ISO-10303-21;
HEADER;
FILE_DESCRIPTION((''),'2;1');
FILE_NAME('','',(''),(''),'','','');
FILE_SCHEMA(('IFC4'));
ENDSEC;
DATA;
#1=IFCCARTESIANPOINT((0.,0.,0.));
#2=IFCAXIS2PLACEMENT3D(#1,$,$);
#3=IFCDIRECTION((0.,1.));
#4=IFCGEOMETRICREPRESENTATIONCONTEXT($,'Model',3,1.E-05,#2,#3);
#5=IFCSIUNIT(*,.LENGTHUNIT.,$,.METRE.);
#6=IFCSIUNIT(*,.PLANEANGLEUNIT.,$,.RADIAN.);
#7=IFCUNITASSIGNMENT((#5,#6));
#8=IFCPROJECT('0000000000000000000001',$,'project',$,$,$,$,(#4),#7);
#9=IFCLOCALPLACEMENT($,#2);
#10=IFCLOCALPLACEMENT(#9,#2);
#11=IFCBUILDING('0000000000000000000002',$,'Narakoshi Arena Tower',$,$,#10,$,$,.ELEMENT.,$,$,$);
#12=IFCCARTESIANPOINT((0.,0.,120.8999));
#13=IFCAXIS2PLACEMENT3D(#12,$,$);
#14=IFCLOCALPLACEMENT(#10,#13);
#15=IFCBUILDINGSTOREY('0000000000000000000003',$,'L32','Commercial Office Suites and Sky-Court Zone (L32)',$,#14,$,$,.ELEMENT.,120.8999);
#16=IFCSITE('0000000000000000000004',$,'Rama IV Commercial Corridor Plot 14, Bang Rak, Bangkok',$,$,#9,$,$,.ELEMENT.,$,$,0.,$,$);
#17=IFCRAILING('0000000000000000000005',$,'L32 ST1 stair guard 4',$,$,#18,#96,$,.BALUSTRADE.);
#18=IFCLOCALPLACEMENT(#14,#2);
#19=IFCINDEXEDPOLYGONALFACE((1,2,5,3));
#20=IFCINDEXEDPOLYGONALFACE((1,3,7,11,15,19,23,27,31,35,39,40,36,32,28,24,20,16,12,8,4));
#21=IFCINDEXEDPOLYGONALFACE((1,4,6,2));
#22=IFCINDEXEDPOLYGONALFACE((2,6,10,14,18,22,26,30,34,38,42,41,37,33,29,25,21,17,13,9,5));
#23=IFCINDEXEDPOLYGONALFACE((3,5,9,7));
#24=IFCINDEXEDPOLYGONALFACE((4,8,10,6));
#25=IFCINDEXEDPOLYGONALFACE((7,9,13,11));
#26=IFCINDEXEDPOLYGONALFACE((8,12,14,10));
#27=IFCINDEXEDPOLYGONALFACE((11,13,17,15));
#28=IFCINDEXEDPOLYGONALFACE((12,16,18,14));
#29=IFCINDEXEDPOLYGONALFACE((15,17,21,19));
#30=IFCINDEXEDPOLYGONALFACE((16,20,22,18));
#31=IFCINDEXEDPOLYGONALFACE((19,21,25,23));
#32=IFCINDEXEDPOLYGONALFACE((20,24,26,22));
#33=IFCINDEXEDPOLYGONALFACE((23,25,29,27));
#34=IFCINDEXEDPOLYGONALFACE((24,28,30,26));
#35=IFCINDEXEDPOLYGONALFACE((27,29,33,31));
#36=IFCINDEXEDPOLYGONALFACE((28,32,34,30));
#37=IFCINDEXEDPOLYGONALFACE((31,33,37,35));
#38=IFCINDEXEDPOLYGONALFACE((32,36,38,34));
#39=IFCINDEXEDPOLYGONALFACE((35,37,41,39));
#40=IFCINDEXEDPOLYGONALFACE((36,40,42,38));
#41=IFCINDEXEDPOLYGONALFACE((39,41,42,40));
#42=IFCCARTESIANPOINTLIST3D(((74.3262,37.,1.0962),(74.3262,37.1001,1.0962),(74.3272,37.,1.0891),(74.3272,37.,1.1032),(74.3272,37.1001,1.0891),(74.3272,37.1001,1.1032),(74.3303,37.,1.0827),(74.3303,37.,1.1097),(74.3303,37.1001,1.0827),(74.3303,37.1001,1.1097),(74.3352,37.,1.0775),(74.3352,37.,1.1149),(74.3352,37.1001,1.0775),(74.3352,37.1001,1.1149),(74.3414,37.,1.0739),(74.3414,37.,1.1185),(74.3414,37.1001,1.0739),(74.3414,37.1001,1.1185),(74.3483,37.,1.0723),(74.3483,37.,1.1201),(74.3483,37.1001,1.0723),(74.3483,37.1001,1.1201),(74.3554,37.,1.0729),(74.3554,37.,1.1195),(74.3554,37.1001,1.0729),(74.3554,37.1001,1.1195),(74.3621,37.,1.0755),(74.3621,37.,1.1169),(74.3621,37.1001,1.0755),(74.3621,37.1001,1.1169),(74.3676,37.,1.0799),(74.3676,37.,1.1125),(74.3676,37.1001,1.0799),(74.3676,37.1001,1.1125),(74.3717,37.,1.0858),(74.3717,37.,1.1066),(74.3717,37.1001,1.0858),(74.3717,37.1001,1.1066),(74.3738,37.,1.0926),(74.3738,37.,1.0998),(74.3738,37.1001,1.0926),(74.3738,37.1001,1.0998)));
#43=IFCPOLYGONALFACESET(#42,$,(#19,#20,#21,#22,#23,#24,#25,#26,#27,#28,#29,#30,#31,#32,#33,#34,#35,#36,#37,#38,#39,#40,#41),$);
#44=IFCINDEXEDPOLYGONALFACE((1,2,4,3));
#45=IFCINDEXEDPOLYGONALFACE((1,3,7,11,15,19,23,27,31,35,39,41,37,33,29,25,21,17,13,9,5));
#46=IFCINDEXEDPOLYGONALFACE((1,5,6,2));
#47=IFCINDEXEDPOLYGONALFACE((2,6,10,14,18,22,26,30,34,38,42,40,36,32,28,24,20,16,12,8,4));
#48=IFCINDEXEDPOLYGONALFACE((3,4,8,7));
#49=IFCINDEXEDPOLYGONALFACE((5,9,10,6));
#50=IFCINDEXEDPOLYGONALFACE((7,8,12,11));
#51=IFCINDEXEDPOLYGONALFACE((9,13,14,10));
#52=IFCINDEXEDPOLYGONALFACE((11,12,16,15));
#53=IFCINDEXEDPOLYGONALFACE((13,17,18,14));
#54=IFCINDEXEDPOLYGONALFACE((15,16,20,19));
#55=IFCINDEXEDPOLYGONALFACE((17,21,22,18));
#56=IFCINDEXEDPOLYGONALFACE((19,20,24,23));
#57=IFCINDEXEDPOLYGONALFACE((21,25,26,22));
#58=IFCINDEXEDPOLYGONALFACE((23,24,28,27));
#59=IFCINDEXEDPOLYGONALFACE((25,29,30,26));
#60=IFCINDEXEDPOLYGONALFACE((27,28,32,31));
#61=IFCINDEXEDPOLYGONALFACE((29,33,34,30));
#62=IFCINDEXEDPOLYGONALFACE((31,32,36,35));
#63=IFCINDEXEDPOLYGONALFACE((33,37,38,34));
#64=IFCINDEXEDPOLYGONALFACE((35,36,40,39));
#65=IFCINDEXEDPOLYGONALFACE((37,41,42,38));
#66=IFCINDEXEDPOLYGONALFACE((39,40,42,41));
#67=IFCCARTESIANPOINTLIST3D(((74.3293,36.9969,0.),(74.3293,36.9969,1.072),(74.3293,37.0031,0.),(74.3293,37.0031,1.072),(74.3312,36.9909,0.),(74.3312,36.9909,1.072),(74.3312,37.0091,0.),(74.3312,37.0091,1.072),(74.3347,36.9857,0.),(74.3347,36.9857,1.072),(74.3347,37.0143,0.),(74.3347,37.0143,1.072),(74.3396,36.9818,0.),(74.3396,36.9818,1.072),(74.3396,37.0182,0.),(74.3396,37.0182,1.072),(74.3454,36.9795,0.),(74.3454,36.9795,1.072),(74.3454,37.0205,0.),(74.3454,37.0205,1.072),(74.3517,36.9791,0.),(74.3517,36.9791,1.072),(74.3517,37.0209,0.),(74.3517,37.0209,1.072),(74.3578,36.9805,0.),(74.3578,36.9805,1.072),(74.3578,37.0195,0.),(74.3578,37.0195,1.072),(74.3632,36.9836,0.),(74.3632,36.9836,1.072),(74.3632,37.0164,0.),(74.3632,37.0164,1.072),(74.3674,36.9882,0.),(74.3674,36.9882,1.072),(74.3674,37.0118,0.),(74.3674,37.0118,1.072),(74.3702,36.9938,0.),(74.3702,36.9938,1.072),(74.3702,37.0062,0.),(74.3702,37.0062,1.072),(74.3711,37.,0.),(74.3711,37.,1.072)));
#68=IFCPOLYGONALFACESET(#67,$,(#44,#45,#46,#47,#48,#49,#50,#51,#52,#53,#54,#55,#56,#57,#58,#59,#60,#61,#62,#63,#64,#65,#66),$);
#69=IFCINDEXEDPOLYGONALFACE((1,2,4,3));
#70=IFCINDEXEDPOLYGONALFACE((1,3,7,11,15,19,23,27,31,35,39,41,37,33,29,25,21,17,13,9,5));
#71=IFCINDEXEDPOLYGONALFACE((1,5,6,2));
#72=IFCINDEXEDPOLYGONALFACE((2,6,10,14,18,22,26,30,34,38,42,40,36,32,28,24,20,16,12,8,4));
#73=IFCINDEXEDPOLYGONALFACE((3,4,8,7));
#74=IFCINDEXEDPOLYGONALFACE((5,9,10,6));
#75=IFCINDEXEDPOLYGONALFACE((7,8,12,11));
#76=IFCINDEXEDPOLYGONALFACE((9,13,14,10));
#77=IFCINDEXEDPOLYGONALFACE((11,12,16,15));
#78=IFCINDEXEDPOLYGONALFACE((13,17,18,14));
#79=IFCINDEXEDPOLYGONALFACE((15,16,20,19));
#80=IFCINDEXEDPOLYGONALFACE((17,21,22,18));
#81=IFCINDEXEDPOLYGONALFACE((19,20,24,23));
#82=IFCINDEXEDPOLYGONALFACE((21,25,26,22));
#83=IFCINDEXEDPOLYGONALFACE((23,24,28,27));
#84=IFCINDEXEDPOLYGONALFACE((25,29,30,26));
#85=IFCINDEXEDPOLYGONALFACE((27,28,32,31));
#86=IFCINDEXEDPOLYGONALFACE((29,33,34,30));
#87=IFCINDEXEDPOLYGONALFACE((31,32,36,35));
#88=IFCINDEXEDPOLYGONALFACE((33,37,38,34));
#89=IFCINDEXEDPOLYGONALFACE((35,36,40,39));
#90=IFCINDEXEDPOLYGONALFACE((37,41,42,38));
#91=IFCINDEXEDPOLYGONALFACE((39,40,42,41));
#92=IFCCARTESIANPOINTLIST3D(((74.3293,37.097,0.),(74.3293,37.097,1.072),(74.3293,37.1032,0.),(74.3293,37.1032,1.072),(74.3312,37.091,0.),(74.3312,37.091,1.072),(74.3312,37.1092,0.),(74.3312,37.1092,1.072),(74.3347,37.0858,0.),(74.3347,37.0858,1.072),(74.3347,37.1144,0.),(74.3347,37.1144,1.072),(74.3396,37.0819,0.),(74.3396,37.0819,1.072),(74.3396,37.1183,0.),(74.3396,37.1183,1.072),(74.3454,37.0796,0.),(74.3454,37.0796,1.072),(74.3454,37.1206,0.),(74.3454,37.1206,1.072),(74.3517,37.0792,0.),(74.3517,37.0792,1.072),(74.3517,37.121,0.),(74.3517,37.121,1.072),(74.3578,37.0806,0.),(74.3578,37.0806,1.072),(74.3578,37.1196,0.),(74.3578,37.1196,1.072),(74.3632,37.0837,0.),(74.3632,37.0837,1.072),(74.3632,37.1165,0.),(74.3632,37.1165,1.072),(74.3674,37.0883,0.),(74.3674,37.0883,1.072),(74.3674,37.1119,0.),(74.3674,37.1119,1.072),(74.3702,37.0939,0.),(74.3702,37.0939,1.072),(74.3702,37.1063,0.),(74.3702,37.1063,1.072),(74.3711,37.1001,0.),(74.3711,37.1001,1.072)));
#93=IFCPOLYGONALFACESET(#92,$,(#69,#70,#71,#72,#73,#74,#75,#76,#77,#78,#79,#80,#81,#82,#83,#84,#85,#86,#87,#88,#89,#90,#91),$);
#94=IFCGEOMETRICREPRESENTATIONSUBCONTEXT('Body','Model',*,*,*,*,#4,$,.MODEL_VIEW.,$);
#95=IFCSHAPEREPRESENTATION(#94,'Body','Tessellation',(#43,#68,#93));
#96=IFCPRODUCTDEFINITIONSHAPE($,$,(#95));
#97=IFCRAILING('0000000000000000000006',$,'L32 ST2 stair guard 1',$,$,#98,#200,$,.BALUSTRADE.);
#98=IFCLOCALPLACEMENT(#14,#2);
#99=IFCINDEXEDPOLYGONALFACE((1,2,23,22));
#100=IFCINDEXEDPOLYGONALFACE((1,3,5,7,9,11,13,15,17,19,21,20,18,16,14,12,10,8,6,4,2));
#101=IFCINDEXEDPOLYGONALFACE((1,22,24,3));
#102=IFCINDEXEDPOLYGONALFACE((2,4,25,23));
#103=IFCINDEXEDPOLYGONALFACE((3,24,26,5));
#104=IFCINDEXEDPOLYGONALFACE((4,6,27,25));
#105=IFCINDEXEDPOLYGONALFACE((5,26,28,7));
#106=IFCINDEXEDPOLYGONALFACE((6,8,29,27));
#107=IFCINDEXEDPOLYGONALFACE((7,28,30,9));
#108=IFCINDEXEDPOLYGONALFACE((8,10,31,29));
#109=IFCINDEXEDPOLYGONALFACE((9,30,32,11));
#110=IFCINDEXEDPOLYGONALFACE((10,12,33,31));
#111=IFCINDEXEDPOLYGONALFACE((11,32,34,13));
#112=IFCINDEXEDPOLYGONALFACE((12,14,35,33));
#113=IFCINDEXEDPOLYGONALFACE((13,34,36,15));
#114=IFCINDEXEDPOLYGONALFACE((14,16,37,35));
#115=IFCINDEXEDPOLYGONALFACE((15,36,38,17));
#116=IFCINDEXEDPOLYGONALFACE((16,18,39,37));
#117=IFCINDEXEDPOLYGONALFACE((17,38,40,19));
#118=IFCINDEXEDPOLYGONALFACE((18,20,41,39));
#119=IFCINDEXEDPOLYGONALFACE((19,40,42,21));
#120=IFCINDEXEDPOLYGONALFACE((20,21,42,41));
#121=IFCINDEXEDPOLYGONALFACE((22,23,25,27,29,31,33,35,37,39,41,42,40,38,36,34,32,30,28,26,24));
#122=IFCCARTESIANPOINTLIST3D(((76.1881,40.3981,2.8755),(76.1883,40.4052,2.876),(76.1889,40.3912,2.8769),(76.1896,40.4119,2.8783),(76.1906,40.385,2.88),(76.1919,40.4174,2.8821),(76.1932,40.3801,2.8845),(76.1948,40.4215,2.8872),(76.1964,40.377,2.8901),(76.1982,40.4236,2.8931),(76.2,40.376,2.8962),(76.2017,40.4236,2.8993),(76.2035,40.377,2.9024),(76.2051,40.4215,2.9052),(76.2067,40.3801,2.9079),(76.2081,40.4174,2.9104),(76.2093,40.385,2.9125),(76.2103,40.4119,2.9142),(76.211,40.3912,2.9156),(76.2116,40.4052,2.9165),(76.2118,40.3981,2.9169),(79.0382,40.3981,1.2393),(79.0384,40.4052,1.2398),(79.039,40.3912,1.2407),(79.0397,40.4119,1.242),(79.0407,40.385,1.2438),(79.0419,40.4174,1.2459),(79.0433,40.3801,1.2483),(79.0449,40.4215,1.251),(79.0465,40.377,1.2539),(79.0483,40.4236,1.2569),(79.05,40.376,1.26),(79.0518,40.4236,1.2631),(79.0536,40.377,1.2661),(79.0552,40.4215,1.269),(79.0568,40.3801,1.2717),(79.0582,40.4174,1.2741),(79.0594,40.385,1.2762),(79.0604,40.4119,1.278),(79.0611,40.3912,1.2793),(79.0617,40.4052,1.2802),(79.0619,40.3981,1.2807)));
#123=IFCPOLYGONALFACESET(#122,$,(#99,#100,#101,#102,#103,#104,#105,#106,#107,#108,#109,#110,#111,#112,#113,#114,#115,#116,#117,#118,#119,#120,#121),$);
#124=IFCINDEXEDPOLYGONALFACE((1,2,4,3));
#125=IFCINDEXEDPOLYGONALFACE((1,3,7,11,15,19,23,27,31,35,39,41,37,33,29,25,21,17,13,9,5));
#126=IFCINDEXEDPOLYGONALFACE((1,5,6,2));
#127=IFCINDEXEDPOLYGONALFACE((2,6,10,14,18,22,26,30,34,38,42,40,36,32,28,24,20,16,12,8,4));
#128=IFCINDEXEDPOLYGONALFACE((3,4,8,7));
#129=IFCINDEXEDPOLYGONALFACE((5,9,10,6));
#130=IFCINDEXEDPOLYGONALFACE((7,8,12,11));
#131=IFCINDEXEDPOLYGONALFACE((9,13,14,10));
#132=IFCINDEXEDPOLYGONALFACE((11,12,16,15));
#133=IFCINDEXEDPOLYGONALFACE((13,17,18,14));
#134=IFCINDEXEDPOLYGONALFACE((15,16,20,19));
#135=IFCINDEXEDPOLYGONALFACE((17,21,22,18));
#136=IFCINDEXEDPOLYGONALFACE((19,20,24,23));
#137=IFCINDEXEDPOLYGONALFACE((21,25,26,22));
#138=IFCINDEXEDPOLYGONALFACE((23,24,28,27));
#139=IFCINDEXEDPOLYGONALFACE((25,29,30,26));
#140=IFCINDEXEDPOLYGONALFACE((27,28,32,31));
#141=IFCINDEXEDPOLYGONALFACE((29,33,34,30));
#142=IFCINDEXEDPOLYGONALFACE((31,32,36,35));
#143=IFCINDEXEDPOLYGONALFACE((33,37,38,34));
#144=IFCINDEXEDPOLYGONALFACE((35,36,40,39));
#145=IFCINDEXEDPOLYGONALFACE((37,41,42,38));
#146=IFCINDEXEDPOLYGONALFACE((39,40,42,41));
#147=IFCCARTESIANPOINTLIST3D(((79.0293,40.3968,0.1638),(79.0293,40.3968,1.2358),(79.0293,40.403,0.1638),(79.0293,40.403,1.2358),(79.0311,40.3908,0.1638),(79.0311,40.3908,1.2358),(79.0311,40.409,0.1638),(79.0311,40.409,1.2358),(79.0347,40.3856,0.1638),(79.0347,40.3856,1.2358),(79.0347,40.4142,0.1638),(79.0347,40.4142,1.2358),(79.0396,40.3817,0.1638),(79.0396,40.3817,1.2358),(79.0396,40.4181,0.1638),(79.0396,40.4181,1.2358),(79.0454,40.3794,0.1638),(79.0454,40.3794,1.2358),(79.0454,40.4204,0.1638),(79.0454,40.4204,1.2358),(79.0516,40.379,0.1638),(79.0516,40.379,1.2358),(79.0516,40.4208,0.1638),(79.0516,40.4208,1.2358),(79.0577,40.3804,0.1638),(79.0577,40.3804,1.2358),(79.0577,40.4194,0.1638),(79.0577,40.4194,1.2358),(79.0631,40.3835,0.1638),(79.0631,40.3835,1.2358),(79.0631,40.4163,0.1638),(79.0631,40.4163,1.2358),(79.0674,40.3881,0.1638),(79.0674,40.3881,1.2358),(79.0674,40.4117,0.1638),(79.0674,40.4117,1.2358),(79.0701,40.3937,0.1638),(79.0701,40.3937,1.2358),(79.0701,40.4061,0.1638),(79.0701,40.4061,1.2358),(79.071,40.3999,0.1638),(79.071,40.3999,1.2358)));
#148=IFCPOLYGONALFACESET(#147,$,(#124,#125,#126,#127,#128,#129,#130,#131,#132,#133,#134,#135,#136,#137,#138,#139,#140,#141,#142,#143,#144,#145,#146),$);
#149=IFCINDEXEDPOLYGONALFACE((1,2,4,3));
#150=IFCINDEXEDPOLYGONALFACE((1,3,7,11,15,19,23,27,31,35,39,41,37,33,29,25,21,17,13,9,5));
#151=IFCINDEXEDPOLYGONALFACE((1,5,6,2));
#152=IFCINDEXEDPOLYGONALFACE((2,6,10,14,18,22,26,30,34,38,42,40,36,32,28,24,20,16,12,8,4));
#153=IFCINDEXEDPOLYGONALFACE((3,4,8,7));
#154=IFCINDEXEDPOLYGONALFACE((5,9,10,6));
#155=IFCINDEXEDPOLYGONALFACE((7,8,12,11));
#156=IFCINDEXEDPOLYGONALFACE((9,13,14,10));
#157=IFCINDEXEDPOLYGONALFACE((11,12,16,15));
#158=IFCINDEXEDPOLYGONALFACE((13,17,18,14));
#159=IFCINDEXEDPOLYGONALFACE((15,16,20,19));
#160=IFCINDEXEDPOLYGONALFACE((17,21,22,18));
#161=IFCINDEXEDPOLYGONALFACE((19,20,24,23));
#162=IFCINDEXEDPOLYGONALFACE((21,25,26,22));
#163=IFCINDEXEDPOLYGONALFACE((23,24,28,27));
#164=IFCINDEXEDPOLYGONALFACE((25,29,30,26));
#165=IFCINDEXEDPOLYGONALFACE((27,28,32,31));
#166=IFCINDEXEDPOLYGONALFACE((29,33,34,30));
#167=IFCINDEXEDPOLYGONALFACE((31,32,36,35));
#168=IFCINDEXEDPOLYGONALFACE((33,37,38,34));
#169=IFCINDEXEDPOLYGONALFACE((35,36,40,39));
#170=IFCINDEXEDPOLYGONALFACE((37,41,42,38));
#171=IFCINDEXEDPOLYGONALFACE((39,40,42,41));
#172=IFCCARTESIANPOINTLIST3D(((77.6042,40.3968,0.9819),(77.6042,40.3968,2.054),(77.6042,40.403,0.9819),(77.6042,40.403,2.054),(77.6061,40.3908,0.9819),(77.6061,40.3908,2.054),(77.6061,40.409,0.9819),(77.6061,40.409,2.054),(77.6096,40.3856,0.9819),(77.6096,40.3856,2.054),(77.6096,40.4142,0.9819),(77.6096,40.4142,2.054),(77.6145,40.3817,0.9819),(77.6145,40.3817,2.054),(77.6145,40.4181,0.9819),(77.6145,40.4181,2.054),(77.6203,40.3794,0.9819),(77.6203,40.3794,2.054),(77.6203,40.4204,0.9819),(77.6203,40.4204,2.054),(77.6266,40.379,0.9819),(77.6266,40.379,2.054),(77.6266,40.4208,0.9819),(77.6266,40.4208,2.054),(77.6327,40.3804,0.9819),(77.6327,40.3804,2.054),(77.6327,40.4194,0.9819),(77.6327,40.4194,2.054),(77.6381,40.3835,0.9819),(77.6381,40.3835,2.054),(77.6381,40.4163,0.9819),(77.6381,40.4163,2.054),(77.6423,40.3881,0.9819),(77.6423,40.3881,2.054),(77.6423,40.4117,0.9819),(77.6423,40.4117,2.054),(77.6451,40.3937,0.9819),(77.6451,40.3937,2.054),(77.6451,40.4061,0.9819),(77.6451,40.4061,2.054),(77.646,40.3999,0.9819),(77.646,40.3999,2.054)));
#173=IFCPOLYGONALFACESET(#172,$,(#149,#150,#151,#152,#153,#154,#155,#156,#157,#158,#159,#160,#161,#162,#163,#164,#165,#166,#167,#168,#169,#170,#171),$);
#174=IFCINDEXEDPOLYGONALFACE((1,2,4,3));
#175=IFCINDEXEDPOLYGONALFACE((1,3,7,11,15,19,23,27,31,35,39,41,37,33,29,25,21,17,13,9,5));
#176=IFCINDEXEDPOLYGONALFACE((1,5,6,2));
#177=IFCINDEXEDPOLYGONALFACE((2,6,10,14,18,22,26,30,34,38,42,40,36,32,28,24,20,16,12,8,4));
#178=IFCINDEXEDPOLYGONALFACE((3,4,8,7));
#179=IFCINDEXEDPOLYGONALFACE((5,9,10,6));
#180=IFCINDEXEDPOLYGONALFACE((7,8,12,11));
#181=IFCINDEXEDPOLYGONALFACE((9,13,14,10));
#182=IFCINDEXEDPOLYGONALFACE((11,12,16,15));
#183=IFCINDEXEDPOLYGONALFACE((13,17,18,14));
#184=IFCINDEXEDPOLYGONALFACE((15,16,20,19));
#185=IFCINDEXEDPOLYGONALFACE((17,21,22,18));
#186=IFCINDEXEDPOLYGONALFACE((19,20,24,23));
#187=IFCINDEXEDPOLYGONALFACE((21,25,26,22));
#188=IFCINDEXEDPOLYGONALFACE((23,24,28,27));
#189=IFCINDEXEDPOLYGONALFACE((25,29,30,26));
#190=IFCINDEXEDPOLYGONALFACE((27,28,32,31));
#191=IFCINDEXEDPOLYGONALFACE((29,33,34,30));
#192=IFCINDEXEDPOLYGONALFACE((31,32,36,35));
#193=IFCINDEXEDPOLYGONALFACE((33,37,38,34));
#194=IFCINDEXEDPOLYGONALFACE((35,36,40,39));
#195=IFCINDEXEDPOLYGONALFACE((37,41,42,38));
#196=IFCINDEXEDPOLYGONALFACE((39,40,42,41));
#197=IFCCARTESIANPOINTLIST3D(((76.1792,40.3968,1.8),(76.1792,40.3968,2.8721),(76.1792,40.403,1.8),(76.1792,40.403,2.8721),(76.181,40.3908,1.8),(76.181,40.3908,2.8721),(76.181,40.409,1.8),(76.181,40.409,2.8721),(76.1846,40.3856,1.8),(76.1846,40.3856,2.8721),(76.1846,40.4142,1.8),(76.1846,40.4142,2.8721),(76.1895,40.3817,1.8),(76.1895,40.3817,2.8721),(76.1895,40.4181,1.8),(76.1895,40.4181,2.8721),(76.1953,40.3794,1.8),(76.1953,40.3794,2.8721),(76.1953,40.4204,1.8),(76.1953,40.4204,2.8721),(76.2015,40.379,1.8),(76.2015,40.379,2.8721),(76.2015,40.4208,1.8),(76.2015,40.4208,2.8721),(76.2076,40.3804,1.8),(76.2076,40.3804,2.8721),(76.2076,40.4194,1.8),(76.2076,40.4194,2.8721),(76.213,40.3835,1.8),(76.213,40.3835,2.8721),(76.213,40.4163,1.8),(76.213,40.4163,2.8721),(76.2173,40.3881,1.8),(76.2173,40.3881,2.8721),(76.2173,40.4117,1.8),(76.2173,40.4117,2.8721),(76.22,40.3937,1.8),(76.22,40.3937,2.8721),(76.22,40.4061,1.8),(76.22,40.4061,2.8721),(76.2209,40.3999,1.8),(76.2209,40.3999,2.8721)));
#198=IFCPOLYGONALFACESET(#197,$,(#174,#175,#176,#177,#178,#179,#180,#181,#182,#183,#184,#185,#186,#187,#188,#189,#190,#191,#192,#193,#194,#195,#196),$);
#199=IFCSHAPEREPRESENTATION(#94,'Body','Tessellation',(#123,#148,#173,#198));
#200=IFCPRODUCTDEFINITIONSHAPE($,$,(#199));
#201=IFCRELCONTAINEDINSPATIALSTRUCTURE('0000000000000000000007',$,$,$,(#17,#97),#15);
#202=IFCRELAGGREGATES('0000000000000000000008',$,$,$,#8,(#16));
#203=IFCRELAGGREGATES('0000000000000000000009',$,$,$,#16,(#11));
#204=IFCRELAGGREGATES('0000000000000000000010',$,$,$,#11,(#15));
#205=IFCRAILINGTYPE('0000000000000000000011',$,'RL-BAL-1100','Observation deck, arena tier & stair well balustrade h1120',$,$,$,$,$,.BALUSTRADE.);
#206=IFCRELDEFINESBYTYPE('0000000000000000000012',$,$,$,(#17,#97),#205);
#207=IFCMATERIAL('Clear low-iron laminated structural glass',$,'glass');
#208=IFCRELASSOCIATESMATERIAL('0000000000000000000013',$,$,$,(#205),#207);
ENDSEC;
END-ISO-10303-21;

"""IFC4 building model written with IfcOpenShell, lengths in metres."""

from ifc_helpers import new_model, si_unit, direction, frame, origin, origin_2d, place, context, subcontext, project, spatial, circle, extrude, material, type_object, element, save


model = new_model("IFC4")

# Units and contexts
model_context = context("Model", 3, precision=1e-05, world=origin(), true_north=direction((0.0, 1.0)))
body_context = subcontext(model_context, "Body", "Model", "MODEL_VIEW")
ifc_project = project(units=[si_unit("LENGTHUNIT", "METRE"), si_unit("PLANEANGLEUNIT", "RADIAN")], contexts=[model_context])

# Site, building, storey
site_placement = place(None, origin())
site = spatial("IfcSite", under=ifc_project, at=site_placement, Name="Rama IV Commercial Corridor Plot 14, Bang Rak, Bangkok", CompositionType="ELEMENT", RefElevation=0.0)
building_placement = place(site_placement, origin())
building = spatial("IfcBuilding", under=site, at=building_placement, Name="Narakoshi Arena Tower", CompositionType="ELEMENT")
storey_placement = place(building_placement, frame((0.0, 0.0, 120.8999)))
storey = spatial("IfcBuildingStorey", under=building, at=storey_placement, Name="L32", Description="Commercial Office Suites and Sky-Court Zone (L32)", CompositionType="ELEMENT", Elevation=120.8999)

# Railings
ifc_material_1 = material(Name="Clear low-iron laminated structural glass", Category="glass")
railing_type_1 = type_object("IfcRailingType", Name="RL-BAL-1100", Description="Observation deck, arena tier & stair well balustrade h1120", PredefinedType="BALUSTRADE", material=ifc_material_1)
railing_1_placement = place(storey_placement, frame((74.3501, 37.0, 0.0)))
element("IfcRailing", 1, at=railing_1_placement, inside=storey, type_object=railing_type_1, Name="L32 ST1 stair guard 4", PredefinedType="BALUSTRADE", context=body_context, shape_type="SweptSolid", body=[
    extrude(circle(Radius=0.0239, at=origin_2d()), frame((0.0, 0.0, 1.0962), z_axis=(0.0, 1.0, 0.0), x_axis=(-1.0, 0.0, 0.0)), (0.0, 0.0, 1.0), 0.1001),
    extrude(circle(Radius=0.021, at=origin_2d()), origin(), (0.0, 0.0, 1.0), 1.072),
    extrude(circle(Radius=0.021, at=origin_2d()), frame((0.0, 0.1001, 0.0)), (0.0, 0.0, 1.0), 1.072),
])
railing_2_placement = place(storey_placement, frame((79.05, 40.3999, 0.1638)))
element("IfcRailing", 2, at=railing_2_placement, inside=storey, type_object=railing_type_1, Name="L32 ST2 stair guard 1", PredefinedType="BALUSTRADE", context=body_context, shape_type="SweptSolid", body=[
    extrude(circle(Radius=0.0239, at=origin_2d()), frame((0.0, 0.0, 1.0962), z_axis=(-0.867245, 0.0, 0.497882), x_axis=(0.0, -1.0, 0.0)), (0.0, 0.0, 1.0), 3.2864),
    extrude(circle(Radius=0.021, at=origin_2d()), origin(), (0.0, 0.0, 1.0), 1.072),
    extrude(circle(Radius=0.021, at=origin_2d()), frame((-1.425, 0.0, 0.8181)), (0.0, 0.0, 1.0), 1.072),
    extrude(circle(Radius=0.021, at=origin_2d()), frame((-2.8501, 0.0, 1.6362)), (0.0, 0.0, 1.0), 1.072),
])

save(model, "model.ifc")
